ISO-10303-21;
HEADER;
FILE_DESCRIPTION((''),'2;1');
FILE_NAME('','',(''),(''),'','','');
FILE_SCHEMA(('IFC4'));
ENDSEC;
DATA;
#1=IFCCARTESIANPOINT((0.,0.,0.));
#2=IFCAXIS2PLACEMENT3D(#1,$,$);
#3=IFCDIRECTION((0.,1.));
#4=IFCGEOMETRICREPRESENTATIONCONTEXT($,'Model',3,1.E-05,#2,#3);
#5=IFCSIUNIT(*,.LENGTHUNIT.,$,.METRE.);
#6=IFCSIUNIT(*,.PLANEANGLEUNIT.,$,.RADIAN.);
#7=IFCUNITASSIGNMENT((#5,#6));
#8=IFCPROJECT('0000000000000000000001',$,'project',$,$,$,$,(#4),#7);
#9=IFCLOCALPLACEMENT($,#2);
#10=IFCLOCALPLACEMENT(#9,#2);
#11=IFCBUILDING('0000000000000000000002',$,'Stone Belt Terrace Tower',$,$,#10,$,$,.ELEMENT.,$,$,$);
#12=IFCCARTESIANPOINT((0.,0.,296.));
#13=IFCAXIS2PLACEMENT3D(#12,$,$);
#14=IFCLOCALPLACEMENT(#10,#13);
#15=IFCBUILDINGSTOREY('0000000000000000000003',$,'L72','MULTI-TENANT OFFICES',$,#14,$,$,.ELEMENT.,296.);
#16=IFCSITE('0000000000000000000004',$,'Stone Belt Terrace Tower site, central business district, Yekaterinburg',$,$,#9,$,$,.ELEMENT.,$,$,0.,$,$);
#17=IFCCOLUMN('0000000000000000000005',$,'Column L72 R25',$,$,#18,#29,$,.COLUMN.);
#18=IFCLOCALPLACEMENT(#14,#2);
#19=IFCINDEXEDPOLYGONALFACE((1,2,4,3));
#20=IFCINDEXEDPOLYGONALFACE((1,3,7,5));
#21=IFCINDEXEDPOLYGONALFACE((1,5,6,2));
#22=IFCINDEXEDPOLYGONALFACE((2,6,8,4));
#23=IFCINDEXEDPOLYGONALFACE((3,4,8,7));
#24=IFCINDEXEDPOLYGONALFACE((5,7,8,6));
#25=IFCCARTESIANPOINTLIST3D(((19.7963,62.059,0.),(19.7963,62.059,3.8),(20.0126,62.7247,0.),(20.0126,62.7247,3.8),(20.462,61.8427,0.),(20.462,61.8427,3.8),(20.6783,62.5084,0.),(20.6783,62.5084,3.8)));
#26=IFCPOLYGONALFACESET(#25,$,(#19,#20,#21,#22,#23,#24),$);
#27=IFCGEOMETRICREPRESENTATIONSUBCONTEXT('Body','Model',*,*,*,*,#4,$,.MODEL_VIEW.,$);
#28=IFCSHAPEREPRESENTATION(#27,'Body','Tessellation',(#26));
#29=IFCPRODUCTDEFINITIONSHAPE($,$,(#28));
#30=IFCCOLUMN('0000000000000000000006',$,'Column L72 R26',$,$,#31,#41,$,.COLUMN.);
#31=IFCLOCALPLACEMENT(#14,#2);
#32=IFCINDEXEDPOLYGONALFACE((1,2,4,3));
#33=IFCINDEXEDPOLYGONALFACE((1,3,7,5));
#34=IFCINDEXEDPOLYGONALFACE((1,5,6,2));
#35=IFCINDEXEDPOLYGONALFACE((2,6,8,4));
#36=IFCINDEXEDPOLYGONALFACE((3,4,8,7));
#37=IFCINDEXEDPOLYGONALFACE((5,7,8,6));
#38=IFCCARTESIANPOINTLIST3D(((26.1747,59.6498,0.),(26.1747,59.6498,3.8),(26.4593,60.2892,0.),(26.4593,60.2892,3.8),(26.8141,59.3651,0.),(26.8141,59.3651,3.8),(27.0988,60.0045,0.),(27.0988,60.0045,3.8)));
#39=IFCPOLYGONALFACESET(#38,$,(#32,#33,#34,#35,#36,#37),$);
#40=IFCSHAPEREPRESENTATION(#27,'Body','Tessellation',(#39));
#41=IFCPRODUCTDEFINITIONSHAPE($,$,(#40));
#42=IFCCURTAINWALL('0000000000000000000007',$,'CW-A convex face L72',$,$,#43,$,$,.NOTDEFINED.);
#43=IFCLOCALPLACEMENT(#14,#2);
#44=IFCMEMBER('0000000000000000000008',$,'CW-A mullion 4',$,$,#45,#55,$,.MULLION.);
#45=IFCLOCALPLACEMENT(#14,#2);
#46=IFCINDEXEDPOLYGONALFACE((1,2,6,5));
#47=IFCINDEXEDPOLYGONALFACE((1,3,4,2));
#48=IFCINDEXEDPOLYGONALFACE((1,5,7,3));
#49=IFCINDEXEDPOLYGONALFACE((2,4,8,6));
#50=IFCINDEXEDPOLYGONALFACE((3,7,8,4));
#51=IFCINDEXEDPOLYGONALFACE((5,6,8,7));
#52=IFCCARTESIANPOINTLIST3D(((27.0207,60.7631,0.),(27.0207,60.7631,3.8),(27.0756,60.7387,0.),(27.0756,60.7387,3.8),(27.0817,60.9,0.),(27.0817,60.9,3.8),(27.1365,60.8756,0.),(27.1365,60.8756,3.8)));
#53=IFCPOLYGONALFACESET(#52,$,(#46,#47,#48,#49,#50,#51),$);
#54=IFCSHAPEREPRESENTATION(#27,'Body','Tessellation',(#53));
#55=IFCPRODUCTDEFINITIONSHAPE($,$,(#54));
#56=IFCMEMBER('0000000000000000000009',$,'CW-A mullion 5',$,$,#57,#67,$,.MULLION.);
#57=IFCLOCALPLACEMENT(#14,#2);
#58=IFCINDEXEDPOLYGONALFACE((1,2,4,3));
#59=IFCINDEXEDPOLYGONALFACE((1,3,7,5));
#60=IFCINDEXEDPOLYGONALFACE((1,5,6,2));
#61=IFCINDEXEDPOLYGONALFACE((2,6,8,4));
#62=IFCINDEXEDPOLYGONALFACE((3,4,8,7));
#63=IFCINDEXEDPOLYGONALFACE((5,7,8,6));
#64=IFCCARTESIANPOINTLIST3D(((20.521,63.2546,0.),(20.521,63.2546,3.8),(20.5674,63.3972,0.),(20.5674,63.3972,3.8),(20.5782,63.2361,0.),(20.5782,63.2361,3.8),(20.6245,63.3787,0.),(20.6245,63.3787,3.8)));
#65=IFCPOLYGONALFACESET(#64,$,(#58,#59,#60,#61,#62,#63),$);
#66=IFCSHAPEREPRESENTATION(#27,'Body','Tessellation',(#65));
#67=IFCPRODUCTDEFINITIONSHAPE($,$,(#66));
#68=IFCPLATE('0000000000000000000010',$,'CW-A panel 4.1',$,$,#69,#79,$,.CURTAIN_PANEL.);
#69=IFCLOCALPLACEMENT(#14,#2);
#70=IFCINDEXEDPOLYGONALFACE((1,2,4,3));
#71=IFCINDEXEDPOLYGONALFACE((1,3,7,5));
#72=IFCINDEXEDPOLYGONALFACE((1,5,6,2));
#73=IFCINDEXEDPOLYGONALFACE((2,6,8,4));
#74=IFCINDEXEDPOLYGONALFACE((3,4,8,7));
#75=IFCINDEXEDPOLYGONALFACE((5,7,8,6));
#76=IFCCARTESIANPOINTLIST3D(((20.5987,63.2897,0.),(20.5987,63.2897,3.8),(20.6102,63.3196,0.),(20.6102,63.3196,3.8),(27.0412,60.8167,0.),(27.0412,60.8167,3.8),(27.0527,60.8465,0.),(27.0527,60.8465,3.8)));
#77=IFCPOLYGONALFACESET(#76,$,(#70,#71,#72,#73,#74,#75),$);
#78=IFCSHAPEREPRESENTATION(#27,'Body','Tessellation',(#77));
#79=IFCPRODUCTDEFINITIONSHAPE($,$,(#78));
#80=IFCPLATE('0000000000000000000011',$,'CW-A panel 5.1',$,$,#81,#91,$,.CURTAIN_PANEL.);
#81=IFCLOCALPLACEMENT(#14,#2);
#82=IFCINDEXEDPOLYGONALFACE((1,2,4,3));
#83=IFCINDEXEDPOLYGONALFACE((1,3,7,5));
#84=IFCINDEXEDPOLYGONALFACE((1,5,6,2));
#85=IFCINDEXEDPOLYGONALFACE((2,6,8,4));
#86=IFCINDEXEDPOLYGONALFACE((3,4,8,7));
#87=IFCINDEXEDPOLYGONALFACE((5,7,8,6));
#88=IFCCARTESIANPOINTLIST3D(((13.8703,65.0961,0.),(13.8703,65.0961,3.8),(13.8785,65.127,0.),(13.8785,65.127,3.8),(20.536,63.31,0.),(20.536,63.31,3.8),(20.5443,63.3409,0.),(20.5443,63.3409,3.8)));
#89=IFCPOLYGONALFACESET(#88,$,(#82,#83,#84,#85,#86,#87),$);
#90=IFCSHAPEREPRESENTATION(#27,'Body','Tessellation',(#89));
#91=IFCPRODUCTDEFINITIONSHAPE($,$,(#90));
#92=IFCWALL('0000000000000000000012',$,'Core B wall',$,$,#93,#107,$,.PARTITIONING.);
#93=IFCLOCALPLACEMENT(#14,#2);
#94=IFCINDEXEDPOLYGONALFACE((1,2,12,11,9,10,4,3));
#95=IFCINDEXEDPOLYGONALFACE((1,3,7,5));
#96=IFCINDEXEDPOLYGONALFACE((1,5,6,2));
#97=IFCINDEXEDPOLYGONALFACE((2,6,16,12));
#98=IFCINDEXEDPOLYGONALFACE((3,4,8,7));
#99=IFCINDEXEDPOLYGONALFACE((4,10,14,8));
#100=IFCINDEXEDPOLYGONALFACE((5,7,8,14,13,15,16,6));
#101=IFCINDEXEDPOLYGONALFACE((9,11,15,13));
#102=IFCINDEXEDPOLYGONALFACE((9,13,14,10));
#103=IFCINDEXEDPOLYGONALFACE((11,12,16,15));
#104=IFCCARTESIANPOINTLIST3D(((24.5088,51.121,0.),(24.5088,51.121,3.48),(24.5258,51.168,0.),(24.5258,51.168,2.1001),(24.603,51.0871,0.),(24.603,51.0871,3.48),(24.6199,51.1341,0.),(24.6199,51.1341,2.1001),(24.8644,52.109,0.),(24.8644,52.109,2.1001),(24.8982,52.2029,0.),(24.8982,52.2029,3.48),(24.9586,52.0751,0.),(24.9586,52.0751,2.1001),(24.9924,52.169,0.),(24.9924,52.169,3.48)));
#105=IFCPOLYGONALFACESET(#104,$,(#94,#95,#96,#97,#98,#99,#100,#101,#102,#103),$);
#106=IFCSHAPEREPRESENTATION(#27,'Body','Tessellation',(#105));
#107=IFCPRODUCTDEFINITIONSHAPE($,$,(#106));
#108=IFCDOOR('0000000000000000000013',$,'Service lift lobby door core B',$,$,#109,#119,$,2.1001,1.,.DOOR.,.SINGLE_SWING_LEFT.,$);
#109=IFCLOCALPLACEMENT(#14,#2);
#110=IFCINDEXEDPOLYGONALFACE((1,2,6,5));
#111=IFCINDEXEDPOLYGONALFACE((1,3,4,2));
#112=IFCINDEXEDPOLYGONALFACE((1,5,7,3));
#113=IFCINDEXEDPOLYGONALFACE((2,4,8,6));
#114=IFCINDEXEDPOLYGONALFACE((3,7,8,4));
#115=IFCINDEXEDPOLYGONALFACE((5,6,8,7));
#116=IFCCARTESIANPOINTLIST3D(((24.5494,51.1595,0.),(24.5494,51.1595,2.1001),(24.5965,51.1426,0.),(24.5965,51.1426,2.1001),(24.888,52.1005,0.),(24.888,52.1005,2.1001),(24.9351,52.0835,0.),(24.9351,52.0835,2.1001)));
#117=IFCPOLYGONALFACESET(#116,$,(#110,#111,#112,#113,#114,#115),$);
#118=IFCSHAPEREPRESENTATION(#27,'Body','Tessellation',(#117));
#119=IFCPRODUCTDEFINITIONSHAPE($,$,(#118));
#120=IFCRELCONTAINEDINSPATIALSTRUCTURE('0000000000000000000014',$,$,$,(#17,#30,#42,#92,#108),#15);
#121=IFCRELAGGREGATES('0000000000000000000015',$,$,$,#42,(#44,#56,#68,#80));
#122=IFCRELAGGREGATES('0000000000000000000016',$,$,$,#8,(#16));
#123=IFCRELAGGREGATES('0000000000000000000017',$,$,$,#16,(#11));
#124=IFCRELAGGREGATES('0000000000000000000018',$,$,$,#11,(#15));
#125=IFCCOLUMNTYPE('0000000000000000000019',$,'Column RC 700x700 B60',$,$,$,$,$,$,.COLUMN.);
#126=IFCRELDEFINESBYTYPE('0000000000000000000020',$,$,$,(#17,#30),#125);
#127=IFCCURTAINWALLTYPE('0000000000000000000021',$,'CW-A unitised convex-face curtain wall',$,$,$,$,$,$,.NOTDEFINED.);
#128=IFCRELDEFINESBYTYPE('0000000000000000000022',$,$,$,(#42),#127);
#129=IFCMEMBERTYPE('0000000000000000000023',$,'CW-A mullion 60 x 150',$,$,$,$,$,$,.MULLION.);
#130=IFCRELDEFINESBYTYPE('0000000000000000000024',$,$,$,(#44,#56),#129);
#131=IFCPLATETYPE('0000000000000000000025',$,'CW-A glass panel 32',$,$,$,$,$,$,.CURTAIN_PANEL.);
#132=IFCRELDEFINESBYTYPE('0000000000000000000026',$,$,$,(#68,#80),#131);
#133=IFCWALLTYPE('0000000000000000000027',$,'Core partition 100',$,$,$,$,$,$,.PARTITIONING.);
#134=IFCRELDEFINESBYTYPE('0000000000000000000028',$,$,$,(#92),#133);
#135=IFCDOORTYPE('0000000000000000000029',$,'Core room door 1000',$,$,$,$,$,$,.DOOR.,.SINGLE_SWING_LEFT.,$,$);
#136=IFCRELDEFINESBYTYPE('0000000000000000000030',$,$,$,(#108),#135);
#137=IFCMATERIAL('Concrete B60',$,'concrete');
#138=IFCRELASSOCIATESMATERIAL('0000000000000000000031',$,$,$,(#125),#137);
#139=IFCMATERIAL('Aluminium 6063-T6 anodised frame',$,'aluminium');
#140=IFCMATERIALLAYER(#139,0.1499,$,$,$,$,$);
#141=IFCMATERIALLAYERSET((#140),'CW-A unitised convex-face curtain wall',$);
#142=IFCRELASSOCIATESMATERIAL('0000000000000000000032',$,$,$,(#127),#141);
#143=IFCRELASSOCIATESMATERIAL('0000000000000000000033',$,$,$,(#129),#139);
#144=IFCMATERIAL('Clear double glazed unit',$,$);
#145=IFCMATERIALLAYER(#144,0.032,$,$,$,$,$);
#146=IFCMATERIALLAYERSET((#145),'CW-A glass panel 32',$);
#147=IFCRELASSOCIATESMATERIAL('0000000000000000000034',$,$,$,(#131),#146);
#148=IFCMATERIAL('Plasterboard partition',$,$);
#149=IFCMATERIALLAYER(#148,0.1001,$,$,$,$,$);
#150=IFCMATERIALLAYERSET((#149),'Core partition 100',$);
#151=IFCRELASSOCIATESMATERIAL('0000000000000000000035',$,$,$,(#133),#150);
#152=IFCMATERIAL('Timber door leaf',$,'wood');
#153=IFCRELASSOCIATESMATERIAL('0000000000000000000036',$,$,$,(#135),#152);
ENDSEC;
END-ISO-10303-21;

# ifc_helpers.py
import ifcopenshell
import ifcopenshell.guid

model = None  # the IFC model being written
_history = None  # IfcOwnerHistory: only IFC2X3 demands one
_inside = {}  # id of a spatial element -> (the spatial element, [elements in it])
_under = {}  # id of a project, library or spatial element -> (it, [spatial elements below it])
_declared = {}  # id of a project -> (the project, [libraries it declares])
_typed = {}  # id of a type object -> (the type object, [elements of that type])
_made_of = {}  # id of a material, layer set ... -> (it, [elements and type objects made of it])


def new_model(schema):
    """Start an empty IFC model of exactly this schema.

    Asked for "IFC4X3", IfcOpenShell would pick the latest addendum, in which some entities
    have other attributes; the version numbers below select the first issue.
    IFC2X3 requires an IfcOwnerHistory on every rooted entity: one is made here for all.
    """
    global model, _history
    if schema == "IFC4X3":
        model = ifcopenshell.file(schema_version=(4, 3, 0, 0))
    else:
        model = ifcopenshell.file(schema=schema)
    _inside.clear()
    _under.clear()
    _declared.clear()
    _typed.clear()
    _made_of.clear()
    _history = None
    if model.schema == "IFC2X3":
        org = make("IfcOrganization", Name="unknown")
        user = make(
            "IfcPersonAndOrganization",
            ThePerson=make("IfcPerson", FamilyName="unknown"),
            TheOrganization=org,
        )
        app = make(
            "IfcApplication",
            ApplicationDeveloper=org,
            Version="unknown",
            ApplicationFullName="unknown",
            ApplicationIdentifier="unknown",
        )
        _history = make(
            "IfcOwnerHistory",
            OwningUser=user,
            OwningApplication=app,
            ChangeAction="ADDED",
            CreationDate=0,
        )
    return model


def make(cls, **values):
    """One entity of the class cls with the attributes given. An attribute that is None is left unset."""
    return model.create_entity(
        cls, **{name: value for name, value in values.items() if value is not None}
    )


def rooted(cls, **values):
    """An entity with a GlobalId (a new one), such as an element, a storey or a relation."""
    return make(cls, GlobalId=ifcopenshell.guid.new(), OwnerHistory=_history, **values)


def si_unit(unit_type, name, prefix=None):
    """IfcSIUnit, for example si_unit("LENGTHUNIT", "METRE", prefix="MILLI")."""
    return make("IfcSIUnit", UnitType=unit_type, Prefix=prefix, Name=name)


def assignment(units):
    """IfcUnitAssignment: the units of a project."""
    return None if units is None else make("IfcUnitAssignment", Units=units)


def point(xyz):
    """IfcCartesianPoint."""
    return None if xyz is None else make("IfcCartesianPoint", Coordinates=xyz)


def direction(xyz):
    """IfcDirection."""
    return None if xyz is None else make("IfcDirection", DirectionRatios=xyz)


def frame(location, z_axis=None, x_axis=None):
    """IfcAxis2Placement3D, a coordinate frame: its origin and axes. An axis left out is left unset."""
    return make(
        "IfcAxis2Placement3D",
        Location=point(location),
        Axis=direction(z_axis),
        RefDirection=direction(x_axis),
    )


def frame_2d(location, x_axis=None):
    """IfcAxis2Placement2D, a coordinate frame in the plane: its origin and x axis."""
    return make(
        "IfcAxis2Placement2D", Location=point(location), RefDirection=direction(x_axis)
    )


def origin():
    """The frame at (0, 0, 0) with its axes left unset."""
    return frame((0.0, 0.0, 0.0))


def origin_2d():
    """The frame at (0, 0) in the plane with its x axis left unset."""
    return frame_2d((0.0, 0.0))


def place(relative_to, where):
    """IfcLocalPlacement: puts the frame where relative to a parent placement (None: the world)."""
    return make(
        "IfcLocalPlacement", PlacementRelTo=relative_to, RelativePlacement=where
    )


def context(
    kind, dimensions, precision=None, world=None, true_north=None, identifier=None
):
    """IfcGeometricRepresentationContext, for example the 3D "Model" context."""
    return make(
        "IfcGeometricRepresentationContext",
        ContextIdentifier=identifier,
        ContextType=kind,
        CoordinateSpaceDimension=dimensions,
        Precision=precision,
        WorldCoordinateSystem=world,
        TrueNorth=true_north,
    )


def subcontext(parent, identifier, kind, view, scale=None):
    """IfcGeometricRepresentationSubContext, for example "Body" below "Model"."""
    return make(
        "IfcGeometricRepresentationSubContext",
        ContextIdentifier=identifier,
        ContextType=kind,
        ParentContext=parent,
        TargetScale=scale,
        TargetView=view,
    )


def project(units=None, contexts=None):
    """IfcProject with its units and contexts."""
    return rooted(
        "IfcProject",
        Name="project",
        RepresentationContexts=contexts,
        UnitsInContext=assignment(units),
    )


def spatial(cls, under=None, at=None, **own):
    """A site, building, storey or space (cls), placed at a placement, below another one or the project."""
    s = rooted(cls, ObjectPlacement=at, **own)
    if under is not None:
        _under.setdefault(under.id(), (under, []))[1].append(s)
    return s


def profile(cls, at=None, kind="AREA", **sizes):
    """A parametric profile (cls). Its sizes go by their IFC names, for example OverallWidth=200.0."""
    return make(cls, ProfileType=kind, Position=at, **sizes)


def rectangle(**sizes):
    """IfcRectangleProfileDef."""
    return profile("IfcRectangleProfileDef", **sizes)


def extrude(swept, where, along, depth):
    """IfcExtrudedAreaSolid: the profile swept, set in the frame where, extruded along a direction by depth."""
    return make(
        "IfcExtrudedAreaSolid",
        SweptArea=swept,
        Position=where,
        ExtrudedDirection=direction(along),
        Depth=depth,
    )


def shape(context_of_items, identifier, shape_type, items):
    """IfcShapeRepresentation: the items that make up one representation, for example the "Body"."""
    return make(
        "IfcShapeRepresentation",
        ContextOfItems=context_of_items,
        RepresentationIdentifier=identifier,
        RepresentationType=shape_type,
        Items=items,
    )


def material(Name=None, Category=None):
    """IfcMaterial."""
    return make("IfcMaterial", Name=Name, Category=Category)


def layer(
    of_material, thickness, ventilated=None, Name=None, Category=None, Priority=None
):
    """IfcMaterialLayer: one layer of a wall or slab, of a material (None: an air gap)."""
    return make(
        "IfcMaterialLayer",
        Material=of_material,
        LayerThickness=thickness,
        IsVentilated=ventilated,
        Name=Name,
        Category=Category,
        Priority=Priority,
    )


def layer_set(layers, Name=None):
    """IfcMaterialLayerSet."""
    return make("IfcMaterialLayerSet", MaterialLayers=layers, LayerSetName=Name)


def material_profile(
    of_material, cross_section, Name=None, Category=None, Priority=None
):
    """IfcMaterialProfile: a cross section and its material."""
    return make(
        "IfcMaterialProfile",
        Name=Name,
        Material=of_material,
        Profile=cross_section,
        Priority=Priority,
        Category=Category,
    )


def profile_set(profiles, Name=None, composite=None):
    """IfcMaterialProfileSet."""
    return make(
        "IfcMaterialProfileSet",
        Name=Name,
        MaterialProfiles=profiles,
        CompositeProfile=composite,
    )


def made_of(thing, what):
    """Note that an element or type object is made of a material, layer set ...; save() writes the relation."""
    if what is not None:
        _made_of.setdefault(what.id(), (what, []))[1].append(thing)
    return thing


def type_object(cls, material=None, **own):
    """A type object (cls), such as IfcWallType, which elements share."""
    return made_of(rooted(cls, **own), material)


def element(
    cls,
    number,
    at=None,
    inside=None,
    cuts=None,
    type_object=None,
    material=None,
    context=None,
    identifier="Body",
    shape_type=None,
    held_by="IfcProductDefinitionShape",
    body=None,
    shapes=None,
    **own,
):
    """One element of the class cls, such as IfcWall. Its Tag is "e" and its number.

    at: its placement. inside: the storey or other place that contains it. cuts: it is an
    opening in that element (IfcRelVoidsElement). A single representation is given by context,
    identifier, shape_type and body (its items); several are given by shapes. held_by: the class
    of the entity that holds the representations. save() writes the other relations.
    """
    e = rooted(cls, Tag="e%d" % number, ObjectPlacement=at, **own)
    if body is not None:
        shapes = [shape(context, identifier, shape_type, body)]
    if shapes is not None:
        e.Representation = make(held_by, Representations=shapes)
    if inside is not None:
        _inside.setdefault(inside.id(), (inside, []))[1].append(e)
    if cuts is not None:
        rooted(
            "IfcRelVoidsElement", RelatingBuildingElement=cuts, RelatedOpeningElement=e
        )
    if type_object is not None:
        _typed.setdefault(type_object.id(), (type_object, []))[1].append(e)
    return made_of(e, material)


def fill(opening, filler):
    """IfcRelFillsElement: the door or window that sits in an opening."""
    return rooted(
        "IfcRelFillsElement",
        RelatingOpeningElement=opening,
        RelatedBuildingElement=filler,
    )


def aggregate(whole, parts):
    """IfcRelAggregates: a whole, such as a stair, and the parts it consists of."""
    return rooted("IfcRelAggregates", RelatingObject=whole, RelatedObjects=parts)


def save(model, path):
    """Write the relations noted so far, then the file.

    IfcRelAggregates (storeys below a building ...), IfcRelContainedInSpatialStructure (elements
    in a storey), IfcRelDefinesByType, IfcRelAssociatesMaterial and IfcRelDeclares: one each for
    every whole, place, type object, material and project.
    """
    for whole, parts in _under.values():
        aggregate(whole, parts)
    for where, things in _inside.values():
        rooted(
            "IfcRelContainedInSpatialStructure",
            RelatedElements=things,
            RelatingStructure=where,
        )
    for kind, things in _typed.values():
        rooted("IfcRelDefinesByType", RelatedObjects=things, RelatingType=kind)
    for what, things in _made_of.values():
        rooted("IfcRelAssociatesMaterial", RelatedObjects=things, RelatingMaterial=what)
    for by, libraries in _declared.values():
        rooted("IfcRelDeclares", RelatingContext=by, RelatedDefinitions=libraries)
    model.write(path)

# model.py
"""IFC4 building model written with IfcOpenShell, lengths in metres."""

from ifc_helpers import new_model, si_unit, direction, frame, frame_2d, origin, origin_2d, place, context, subcontext, project, spatial, rectangle, extrude, material, layer, layer_set, material_profile, profile_set, type_object, element, fill, aggregate, save


model = new_model("IFC4")

# Units and contexts
model_context = context("Model", 3, precision=1e-05, world=origin(), true_north=direction((0.0, 1.0)))
body_context = subcontext(model_context, "Body", "Model", "MODEL_VIEW")
ifc_project = project(units=[si_unit("LENGTHUNIT", "METRE"), si_unit("PLANEANGLEUNIT", "RADIAN")], contexts=[model_context])

# Site, building, storey
site_placement = place(None, origin())
site = spatial("IfcSite", under=ifc_project, at=site_placement, Name="Stone Belt Terrace Tower site, central business district, Yekaterinburg", CompositionType="ELEMENT", RefElevation=0.0)
building_placement = place(site_placement, origin())
building = spatial("IfcBuilding", under=site, at=building_placement, Name="Stone Belt Terrace Tower", CompositionType="ELEMENT")
storey_placement = place(building_placement, frame((0.0, 0.0, 296.0)))
storey = spatial("IfcBuildingStorey", under=building, at=storey_placement, Name="L72", Description="MULTI-TENANT OFFICES", CompositionType="ELEMENT", Elevation=296.0)

# Columns
ifc_material_1 = material(Name="Concrete B60", Category="concrete")
ifc_material_profile_1 = material_profile(ifc_material_1, rectangle(XDim=0.7, YDim=0.7, at=origin_2d()), Name="RC 700x700")
ifc_profile_set_1 = profile_set([ifc_material_profile_1], Name="Concrete B60")
column_type = type_object("IfcColumnType", Name="Column RC 700x700 B60", PredefinedType="COLUMN", material=ifc_profile_set_1)
for number, where, z_axis, x_axis, name in (
    (1, (20.2373, 62.2837, 0.0), (0.0, 0.0, 1.0), (0.951057, -0.309017, 0.0), "Column L72 R25"),
    (2, (26.6367, 59.8271, 0.0), (0.0, 0.0, 1.0), (0.913545, -0.406737, 0.0), "Column L72 R26"),
):
    element("IfcColumn", number, at=place(storey_placement, frame(where, z_axis=z_axis, x_axis=x_axis)), inside=storey, type_object=column_type, Name=name, PredefinedType="COLUMN", context=body_context, shape_type="SweptSolid", body=[
        extrude(rectangle(XDim=0.7, YDim=0.7, at=origin_2d()), origin(), (0.0, 0.0, 1.0), 3.8),
    ])

# Curtain wall, members, plates
ifc_material_2 = material(Name="Aluminium 6063-T6 anodised frame", Category="aluminium")
ifc_layer_1 = layer(ifc_material_2, 0.1499)
ifc_layer_set_1 = layer_set([ifc_layer_1], Name="CW-A unitised convex-face curtain wall")
curtain_wall_type = type_object("IfcCurtainWallType", Name="CW-A unitised convex-face curtain wall", PredefinedType="NOTDEFINED", material=ifc_layer_set_1)
curtain_wall_placement = place(storey_placement, origin())
curtain_wall = element("IfcCurtainWall", 3, at=curtain_wall_placement, inside=storey, type_object=curtain_wall_type, Name="CW-A convex face L72", PredefinedType="NOTDEFINED")
ifc_material_profile_2 = material_profile(ifc_material_2, rectangle(XDim=0.1499, YDim=0.0601, at=origin_2d()), Name="Aluminium 6063-T6 60x150")
ifc_profile_set_2 = profile_set([ifc_material_profile_2], Name="Aluminium 6063-T6 anodised frame")
member_type = type_object("IfcMemberType", Name="CW-A mullion 60 x 150", PredefinedType="MULLION", material=ifc_profile_set_2)
member_1_placement = place(storey_placement, frame((27.0786, 60.8193, 0.0), z_axis=(0.0, 0.0, 1.0), x_axis=(-0.406737, -0.913545, 0.0)))
member_1 = element("IfcMember", 4, at=member_1_placement, type_object=member_type, Name="CW-A mullion 4", PredefinedType="MULLION", context=body_context, shape_type="SweptSolid", body=[
    extrude(rectangle(XDim=0.1499, YDim=0.0601, at=origin_2d()), origin(), (0.0, 0.0, 1.0), 3.8),
])
member_2_placement = place(storey_placement, frame((20.5728, 63.3167, 0.0), z_axis=(0.0, 0.0, 1.0), x_axis=(-0.309017, -0.951057, 0.0)))
member_2 = element("IfcMember", 5, at=member_2_placement, type_object=member_type, Name="CW-A mullion 5", PredefinedType="MULLION", context=body_context, shape_type="SweptSolid", body=[
    extrude(rectangle(XDim=0.1499, YDim=0.0601, at=origin_2d()), origin(), (0.0, 0.0, 1.0), 3.8),
])
ifc_material_3 = material(Name="Clear double glazed unit")
ifc_layer_2 = layer(ifc_material_3, 0.032)
ifc_layer_set_2 = layer_set([ifc_layer_2], Name="CW-A glass panel 32")
plate_type = type_object("IfcPlateType", Name="CW-A glass panel 32", PredefinedType="CURTAIN_PANEL", material=ifc_layer_set_2)
plate_1_placement = place(storey_placement, frame((23.8257, 62.0681, 0.0), z_axis=(0.0, 0.0, 1.0), x_axis=(-0.93358, 0.358368, 0.0)))
plate_1 = element("IfcPlate", 6, at=plate_1_placement, type_object=plate_type, Name="CW-A panel 4.1", PredefinedType="CURTAIN_PANEL", context=body_context, shape_type="SweptSolid", body=[
    extrude(rectangle(XDim=6.9009, YDim=0.032, at=origin_2d()), origin(), (0.0, 0.0, 1.0), 3.8),
])
plate_2_placement = place(storey_placement, frame((17.2073, 64.2185, 0.0), z_axis=(0.0, 0.0, 1.0), x_axis=(-0.965926, 0.258819, 0.0)))
plate_2 = element("IfcPlate", 7, at=plate_2_placement, type_object=plate_type, Name="CW-A panel 5.1", PredefinedType="CURTAIN_PANEL", context=body_context, shape_type="SweptSolid", body=[
    extrude(rectangle(XDim=6.9009, YDim=0.032, at=origin_2d()), origin(), (0.0, 0.0, 1.0), 3.8),
])
aggregate(curtain_wall, [member_1, member_2, plate_1, plate_2])

# Wall, opening, door
ifc_material_4 = material(Name="Plasterboard partition")
ifc_layer_3 = layer(ifc_material_4, 0.1001)
ifc_layer_set_3 = layer_set([ifc_layer_3], Name="Core partition 100")
wall_type_1 = type_object("IfcWallType", Name="Core partition 100", PredefinedType="PARTITIONING", material=ifc_layer_set_3)
wall_1_placement = place(storey_placement, frame((24.5559, 51.104, 0.0), z_axis=(0.0, 0.0, 1.0), x_axis=(0.338622, 0.940923, 0.0)))
wall_1 = element("IfcWall", 8, at=wall_1_placement, inside=storey, type_object=wall_type_1, Name="Core B wall", PredefinedType="PARTITIONING", context=body_context, shape_type="SweptSolid", body=[
    extrude(rectangle(XDim=1.1499, YDim=0.1001, at=frame_2d((0.575, 0.0))), origin(), (0.0, 0.0, 1.0), 3.48),
])
opening_1_placement = place(wall_1_placement, frame((0.05, 0.0, 0.0)))
opening_1 = element("IfcOpeningElement", 9, at=opening_1_placement, cuts=wall_1, PredefinedType="OPENING", context=body_context, shape_type="SweptSolid", body=[
    extrude(rectangle(XDim=1.0, YDim=2.1001, at=frame_2d((0.5, 1.05))), frame((0.0, 0.0601, 0.0), z_axis=(0.0, -1.0, 0.0), x_axis=(1.0, 0.0, 0.0)), (0.0, 0.0, 1.0), 0.1201),
])
ifc_material_5 = material(Name="Timber door leaf", Category="wood")
door_type_1 = type_object("IfcDoorType", Name="Core room door 1000", OperationType="SINGLE_SWING_LEFT", PredefinedType="DOOR", material=ifc_material_5)
door_1_placement = place(opening_1_placement, origin())
door_1 = element("IfcDoor", 10, at=door_1_placement, inside=storey, type_object=door_type_1, Name="Service lift lobby door core B", OperationType="SINGLE_SWING_LEFT", OverallHeight=2.1001, OverallWidth=1.0, PredefinedType="DOOR", context=body_context, shape_type="SweptSolid", body=[
    extrude(rectangle(XDim=1.0, YDim=2.1001, at=frame_2d((0.5, 1.05))), frame((0.0, 0.0249, 0.0), z_axis=(0.0, -1.0, 0.0), x_axis=(1.0, 0.0, 0.0)), (0.0, 0.0, 1.0), 0.05),
])
fill(opening_1, door_1)

save(model, "model.ifc")
